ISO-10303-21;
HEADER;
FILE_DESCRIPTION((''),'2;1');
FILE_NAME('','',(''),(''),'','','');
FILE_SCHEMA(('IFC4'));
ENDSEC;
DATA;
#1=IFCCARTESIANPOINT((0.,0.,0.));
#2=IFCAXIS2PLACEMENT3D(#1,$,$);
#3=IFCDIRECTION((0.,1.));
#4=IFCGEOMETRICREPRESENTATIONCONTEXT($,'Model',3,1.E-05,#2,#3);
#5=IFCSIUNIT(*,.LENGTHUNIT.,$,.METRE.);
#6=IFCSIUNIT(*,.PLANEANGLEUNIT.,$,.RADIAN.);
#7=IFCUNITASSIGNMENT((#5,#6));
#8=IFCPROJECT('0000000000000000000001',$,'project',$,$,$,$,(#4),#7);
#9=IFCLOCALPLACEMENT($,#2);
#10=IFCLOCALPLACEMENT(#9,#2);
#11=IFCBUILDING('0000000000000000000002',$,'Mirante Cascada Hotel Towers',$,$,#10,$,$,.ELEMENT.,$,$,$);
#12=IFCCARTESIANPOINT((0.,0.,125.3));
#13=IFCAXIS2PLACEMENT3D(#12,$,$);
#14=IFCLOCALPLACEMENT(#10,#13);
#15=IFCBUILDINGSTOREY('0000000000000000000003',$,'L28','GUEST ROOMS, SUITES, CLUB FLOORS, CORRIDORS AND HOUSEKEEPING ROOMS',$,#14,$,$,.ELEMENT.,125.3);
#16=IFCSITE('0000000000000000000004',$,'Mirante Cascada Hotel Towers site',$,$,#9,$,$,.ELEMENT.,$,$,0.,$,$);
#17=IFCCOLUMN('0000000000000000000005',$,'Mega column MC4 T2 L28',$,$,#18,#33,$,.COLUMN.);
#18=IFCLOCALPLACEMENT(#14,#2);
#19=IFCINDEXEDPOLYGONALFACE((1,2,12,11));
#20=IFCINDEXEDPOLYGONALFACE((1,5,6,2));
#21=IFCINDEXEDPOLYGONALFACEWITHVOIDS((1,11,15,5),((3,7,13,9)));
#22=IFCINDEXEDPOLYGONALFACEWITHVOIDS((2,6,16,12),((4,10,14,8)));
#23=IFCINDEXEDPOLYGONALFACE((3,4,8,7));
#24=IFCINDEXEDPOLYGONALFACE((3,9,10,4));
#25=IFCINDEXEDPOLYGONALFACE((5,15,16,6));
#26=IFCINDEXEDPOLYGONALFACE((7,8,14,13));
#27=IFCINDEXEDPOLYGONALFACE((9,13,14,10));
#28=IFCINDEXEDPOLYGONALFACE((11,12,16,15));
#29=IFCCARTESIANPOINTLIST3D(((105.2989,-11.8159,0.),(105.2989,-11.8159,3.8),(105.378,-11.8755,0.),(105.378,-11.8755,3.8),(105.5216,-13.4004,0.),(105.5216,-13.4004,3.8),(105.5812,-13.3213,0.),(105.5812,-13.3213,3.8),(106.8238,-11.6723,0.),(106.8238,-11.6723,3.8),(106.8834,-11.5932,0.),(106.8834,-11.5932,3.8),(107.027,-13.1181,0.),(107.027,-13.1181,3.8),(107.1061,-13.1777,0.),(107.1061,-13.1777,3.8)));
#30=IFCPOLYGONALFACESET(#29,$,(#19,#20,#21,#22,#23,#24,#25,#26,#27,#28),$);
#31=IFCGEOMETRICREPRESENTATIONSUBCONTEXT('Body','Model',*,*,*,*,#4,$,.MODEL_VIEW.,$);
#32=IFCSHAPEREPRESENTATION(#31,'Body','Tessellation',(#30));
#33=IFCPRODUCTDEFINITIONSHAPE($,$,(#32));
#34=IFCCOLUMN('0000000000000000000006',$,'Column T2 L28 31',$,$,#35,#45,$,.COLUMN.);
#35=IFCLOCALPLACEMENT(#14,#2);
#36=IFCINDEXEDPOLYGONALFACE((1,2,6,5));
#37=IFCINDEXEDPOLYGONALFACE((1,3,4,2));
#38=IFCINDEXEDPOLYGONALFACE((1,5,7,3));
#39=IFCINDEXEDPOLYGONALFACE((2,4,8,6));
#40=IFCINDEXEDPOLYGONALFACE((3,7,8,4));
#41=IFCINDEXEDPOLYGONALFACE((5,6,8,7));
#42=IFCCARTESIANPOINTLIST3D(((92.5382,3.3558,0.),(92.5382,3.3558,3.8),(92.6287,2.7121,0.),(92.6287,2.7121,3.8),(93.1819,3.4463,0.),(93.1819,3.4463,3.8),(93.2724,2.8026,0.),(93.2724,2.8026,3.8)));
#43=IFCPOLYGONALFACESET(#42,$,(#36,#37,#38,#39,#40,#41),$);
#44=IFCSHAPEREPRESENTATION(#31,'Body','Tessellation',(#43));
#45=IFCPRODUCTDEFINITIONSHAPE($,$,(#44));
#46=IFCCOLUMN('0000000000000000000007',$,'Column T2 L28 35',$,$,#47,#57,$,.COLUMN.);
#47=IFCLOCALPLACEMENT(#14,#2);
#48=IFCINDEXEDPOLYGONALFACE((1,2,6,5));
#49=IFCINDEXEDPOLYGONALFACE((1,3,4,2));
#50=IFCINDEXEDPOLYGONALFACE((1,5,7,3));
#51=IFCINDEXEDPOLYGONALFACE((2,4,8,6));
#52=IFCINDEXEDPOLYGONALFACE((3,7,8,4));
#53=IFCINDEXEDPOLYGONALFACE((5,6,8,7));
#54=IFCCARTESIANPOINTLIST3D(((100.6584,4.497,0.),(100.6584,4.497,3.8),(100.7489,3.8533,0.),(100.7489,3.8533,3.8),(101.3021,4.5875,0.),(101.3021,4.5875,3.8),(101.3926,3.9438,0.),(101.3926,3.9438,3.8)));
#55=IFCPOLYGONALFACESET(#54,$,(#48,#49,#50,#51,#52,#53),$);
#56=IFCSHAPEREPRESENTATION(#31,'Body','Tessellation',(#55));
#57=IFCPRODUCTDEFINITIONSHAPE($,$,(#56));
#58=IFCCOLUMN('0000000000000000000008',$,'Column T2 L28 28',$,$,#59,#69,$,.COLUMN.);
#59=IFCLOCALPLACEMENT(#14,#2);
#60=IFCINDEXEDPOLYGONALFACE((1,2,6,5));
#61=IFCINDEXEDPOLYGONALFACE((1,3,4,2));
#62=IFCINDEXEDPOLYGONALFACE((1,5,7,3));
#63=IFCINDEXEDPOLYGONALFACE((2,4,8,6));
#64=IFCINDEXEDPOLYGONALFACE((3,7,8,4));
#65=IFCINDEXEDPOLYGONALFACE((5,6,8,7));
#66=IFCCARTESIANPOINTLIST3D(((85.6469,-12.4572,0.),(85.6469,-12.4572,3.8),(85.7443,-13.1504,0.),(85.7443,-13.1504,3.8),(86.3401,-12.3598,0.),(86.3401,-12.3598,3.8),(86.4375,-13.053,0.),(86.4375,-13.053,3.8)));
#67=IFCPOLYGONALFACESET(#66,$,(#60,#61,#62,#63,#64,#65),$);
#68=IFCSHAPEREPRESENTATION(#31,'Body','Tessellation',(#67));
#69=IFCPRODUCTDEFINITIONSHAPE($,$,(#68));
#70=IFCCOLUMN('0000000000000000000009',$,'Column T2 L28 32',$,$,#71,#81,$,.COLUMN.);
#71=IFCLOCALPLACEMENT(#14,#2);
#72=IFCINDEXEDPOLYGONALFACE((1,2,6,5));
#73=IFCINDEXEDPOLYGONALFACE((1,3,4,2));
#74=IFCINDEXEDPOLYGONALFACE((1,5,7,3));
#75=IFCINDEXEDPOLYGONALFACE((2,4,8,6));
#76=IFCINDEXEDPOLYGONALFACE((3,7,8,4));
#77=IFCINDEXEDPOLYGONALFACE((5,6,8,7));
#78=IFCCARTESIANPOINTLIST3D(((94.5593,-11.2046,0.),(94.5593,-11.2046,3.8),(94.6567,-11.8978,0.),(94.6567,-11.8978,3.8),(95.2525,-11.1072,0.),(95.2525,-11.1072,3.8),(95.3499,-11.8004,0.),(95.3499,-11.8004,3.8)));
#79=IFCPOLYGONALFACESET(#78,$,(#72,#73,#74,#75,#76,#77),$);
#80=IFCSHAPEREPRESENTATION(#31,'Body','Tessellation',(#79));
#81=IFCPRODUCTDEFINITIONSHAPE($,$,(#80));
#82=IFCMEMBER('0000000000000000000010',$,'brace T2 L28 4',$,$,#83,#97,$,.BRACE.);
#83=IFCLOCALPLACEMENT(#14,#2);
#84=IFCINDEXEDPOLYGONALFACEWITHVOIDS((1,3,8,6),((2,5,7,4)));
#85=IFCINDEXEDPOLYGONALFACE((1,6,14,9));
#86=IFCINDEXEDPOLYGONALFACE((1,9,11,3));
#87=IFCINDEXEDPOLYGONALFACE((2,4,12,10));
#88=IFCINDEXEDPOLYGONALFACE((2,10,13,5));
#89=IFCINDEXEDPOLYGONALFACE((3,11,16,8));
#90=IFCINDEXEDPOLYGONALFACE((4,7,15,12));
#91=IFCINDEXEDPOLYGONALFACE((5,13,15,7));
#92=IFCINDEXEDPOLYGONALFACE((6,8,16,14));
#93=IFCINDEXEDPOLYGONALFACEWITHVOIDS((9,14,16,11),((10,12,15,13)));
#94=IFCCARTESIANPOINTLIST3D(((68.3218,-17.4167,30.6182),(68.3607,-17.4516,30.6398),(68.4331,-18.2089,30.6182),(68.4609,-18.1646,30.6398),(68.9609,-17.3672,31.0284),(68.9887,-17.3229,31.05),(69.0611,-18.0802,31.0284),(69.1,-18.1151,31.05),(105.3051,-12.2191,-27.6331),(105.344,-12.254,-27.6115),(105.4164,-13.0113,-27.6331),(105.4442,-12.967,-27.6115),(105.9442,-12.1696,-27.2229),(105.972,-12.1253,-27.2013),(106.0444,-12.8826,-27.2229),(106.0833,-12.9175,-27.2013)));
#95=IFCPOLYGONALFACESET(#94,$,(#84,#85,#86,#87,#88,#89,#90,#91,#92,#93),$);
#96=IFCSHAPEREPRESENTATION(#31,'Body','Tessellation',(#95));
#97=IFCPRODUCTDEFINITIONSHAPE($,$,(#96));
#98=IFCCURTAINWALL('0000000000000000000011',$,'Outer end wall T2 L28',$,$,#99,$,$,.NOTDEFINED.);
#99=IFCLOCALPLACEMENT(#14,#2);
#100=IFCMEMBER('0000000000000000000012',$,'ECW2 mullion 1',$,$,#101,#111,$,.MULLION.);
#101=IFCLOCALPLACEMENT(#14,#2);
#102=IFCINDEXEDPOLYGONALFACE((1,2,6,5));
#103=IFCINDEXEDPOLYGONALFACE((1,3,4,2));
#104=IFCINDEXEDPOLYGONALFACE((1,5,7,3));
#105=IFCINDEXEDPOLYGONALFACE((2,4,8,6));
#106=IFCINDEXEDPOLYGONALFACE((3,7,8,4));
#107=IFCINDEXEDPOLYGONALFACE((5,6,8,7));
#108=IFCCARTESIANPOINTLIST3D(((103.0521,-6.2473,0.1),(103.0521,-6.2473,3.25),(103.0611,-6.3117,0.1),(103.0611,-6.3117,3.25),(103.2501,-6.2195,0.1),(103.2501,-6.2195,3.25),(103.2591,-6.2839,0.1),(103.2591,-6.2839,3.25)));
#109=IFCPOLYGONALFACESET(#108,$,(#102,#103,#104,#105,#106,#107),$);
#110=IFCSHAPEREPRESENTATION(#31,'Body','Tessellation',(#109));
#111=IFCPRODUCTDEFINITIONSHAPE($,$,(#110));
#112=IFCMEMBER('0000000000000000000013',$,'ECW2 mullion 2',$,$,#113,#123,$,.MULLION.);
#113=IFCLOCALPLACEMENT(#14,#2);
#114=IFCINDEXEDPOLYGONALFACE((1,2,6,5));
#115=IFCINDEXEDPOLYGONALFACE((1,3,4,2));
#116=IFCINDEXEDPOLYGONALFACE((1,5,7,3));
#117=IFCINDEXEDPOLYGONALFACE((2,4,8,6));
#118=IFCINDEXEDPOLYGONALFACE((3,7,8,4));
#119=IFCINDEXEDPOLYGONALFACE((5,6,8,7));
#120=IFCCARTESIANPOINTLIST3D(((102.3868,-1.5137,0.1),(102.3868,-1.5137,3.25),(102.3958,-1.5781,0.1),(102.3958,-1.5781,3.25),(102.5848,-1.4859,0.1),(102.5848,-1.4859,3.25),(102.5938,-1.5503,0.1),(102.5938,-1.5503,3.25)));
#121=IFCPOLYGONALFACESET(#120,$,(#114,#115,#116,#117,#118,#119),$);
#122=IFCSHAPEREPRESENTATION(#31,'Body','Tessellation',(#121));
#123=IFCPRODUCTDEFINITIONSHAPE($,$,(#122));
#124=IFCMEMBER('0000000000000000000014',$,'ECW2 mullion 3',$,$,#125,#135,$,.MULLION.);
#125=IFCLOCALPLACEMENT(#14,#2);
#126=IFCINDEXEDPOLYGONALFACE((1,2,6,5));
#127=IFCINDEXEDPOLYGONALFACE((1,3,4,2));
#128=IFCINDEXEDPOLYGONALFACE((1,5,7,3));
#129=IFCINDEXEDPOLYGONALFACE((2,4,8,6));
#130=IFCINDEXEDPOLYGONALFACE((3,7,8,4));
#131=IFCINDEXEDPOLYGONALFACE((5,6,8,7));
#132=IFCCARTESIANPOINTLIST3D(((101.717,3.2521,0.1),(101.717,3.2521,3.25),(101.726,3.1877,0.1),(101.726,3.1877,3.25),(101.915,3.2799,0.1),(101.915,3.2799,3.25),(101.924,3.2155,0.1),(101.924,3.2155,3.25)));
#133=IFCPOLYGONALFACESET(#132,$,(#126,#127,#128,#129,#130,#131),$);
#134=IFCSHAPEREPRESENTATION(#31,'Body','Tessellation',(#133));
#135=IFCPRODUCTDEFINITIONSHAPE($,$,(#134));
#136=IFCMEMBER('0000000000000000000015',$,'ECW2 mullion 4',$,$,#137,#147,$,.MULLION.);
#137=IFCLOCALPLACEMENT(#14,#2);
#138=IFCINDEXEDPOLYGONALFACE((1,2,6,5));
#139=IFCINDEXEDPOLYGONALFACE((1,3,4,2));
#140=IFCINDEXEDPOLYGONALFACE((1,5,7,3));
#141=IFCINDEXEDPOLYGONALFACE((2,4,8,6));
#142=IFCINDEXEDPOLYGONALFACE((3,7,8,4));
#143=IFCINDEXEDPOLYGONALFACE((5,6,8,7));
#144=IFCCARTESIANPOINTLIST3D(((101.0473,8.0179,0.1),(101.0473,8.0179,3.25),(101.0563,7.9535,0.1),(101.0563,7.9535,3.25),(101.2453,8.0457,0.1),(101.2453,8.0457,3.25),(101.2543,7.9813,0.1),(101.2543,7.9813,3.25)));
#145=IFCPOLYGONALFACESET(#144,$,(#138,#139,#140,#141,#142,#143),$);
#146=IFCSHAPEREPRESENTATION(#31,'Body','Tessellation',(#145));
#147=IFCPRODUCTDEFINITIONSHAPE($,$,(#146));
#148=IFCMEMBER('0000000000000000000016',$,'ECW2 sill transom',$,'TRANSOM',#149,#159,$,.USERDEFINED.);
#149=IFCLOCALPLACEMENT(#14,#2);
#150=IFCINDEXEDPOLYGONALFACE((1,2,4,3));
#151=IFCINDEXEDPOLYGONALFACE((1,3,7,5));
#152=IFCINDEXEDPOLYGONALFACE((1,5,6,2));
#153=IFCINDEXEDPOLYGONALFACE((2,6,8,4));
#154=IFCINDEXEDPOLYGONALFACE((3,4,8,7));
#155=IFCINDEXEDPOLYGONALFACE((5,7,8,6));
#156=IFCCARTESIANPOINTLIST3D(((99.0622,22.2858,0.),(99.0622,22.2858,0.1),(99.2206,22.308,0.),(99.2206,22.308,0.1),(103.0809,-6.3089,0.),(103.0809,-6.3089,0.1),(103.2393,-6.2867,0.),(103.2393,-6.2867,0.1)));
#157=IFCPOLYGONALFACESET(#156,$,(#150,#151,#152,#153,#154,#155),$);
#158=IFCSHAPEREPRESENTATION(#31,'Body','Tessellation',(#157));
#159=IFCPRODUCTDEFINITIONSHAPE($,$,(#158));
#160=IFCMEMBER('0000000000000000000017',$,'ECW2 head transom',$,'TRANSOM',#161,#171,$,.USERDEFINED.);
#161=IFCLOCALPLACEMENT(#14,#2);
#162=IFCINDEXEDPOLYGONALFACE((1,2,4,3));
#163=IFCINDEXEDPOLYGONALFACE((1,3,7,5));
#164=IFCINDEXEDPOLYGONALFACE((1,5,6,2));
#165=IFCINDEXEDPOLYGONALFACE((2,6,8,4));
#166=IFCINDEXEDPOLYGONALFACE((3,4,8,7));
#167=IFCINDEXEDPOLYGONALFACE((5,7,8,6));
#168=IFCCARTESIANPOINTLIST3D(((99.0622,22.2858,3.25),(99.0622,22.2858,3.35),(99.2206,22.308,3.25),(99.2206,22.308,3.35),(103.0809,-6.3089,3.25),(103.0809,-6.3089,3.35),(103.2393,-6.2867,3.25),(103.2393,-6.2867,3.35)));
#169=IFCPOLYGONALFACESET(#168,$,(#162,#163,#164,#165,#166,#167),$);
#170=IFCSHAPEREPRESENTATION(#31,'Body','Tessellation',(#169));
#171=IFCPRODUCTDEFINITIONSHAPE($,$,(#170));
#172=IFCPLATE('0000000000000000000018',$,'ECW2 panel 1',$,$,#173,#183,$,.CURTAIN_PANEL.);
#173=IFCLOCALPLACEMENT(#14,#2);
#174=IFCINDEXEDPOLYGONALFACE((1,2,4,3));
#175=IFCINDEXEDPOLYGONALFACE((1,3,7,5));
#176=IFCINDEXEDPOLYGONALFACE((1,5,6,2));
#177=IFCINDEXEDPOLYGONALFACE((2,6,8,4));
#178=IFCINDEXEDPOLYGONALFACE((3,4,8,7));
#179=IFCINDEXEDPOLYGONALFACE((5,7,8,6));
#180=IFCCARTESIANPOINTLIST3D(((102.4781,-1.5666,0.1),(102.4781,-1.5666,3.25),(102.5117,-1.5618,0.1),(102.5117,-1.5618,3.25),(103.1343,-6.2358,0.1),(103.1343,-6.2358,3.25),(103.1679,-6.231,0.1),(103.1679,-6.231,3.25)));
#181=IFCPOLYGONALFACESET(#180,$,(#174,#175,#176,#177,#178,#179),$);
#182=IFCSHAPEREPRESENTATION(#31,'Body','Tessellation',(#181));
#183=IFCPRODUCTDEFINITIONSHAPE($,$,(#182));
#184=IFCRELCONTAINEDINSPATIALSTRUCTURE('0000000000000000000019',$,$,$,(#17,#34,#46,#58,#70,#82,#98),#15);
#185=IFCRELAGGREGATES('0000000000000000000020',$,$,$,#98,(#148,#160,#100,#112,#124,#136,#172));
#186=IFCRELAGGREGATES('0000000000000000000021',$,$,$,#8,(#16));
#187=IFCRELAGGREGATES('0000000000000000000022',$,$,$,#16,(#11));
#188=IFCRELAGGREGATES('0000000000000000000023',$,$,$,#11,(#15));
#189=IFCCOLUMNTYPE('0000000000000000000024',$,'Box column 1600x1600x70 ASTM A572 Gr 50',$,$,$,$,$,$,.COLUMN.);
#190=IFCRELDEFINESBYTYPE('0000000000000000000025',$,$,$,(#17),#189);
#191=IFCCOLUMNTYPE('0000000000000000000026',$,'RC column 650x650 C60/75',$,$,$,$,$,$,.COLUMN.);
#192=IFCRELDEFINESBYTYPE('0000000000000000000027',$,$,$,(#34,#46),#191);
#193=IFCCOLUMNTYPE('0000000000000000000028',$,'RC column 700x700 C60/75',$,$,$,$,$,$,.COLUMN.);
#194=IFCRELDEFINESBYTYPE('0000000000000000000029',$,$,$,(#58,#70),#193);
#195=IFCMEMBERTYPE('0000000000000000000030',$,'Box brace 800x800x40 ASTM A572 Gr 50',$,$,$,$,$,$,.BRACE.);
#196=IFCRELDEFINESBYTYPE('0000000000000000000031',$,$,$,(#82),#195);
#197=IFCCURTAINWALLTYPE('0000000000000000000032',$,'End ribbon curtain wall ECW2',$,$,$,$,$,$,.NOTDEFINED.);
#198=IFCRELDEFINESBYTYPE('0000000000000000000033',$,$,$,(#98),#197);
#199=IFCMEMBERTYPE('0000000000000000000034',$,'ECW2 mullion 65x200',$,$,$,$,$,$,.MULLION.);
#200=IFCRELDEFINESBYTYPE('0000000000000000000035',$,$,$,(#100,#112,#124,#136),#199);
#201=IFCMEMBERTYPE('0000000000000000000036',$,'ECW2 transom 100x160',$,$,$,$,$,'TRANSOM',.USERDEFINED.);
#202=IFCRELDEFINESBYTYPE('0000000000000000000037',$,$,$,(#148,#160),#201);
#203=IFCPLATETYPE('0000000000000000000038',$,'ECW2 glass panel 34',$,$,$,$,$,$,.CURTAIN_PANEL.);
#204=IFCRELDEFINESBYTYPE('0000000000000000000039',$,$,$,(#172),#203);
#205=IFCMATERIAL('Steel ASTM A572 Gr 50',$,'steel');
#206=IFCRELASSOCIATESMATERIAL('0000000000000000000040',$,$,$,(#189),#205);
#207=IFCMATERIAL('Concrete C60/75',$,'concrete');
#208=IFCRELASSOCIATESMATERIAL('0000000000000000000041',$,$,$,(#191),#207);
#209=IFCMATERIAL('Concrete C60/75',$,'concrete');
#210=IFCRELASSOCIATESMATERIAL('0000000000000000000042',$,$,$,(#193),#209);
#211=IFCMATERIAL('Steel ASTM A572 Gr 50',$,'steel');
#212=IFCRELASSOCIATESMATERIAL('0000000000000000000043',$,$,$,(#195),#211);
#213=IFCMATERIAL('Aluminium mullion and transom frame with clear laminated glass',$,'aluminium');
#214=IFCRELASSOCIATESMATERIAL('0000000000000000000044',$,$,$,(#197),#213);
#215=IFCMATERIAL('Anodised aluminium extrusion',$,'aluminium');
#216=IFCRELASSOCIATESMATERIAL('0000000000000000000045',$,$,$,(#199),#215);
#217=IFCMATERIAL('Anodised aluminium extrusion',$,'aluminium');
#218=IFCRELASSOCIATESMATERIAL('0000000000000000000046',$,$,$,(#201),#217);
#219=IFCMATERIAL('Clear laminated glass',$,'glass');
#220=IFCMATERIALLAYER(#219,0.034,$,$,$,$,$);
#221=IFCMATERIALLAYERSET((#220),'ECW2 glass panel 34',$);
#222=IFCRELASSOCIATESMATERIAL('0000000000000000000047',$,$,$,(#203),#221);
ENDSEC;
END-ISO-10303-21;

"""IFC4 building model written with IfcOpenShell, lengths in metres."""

from ifc_helpers import new_model, si_unit, direction, frame, origin, origin_2d, place, context, subcontext, project, spatial, rectangle, hollow_rectangle, extrude, material, layer, layer_set, material_profile, profile_set, type_object, element, aggregate, save


model = new_model("IFC4")

# Units and contexts
model_context = context("Model", 3, precision=1e-05, world=origin(), true_north=direction((0.0, 1.0)))
body_context = subcontext(model_context, "Body", "Model", "MODEL_VIEW")
ifc_project = project(units=[si_unit("LENGTHUNIT", "METRE"), si_unit("PLANEANGLEUNIT", "RADIAN")], contexts=[model_context])

# Site, building, storey
site_placement = place(None, origin())
site = spatial("IfcSite", under=ifc_project, at=site_placement, Name="Mirante Cascada Hotel Towers site", CompositionType="ELEMENT", RefElevation=0.0)
building_placement = place(site_placement, origin())
building = spatial("IfcBuilding", under=site, at=building_placement, Name="Mirante Cascada Hotel Towers", CompositionType="ELEMENT")
storey_placement = place(building_placement, frame((0.0, 0.0, 125.3)))
storey = spatial("IfcBuildingStorey", under=building, at=storey_placement, Name="L28", Description="GUEST ROOMS, SUITES, CLUB FLOORS, CORRIDORS AND HOUSEKEEPING ROOMS", CompositionType="ELEMENT", Elevation=125.3)

# Columns
ifc_material_1 = material(Name="Steel ASTM A572 Gr 50", Category="steel")
ifc_material_profile_1 = material_profile(ifc_material_1, hollow_rectangle(XDim=1.6, YDim=1.6, WallThickness=0.07, at=origin_2d()), Name="Box column 1600x1600x70 ASTM A572 Gr 50")
ifc_profile_set_1 = profile_set([ifc_material_profile_1], Name="Steel ASTM A572 Gr 50")
column_type_1 = type_object("IfcColumnType", Name="Box column 1600x1600x70 ASTM A572 Gr 50", PredefinedType="COLUMN", material=ifc_profile_set_1)
column_placement = place(storey_placement, frame((106.2025, -12.4968, 0.0), z_axis=(0.0, 0.0, 1.0), x_axis=(0.990268, 0.139173, 0.0)))
element("IfcColumn", 1, at=column_placement, inside=storey, type_object=column_type_1, Name="Mega column MC4 T2 L28", PredefinedType="COLUMN", context=body_context, shape_type="SweptSolid", body=[
    extrude(hollow_rectangle(XDim=1.6, YDim=1.6, WallThickness=0.07, at=origin_2d()), origin(), (0.0, 0.0, 1.0), 3.8),
])
ifc_material_2 = material(Name="Concrete C60/75", Category="concrete")
ifc_material_profile_2 = material_profile(ifc_material_2, rectangle(XDim=0.65, YDim=0.65, at=origin_2d()), Name="RC column 650x650 C60/75")
ifc_profile_set_2 = profile_set([ifc_material_profile_2], Name="Concrete C60/75")
column_type_2 = type_object("IfcColumnType", Name="RC column 650x650 C60/75", PredefinedType="COLUMN", material=ifc_profile_set_2)
for number, where, z_axis, x_axis, name in (
    (2, (92.9053, 3.0792, 0.0), (0.0, 0.0, 1.0), (0.990268, 0.139173, 0.0), "Column T2 L28 31"),
    (3, (101.0255, 4.2204, 0.0), (0.0, 0.0, 1.0), (0.990268, 0.139173, 0.0), "Column T2 L28 35"),
):
    element("IfcColumn", number, at=place(storey_placement, frame(where, z_axis=z_axis, x_axis=x_axis)), inside=storey, type_object=column_type_2, Name=name, PredefinedType="COLUMN", context=body_context, shape_type="SweptSolid", body=[
        extrude(rectangle(XDim=0.65, YDim=0.65, at=origin_2d()), origin(), (0.0, 0.0, 1.0), 3.8),
    ])
ifc_material_3 = material(Name="Concrete C60/75", Category="concrete")
ifc_material_profile_3 = material_profile(ifc_material_3, rectangle(XDim=0.7, YDim=0.7, at=origin_2d()), Name="RC column 700x700 C60/75")
ifc_profile_set_3 = profile_set([ifc_material_profile_3], Name="Concrete C60/75")
column_type_3 = type_object("IfcColumnType", Name="RC column 700x700 C60/75", PredefinedType="COLUMN", material=ifc_profile_set_3)
for number, where, z_axis, x_axis, name in (
    (4, (86.0422, -12.7551, 0.0), (0.0, 0.0, 1.0), (0.990268, 0.139173, 0.0), "Column T2 L28 28"),
    (5, (94.9546, -11.5025, 0.0), (0.0, 0.0, 1.0), (0.990268, 0.139173, 0.0), "Column T2 L28 32"),
):
    element("IfcColumn", number, at=place(storey_placement, frame(where, z_axis=z_axis, x_axis=x_axis)), inside=storey, type_object=column_type_3, Name=name, PredefinedType="COLUMN", context=body_context, shape_type="SweptSolid", body=[
        extrude(rectangle(XDim=0.7, YDim=0.7, at=origin_2d()), origin(), (0.0, 0.0, 1.0), 3.8),
    ])

# Member
ifc_material_4 = material(Name="Steel ASTM A572 Gr 50", Category="steel")
ifc_material_profile_4 = material_profile(ifc_material_4, hollow_rectangle(XDim=0.8, YDim=0.8, WallThickness=0.04, at=origin_2d()), Name="Box brace 800x800x40 ASTM A572 Gr 50")
ifc_profile_set_4 = profile_set([ifc_material_profile_4], Name="Steel ASTM A572 Gr 50")
member_type_1 = type_object("IfcMemberType", Name="Box brace 800x800x40 ASTM A572 Gr 50", PredefinedType="BRACE", material=ifc_profile_set_4)
member_1_placement = place(storey_placement, frame((105.6942, -12.5683, -27.4172), z_axis=(-0.534477, -0.075115, 0.841839), x_axis=(0.139171, -0.990268, 0.0)))
element("IfcMember", 6, at=member_1_placement, inside=storey, type_object=member_type_1, Name="brace T2 L28 4", PredefinedType="BRACE", context=body_context, shape_type="SweptSolid", body=[
    extrude(hollow_rectangle(XDim=0.8, YDim=0.8, WallThickness=0.04, at=origin_2d()), origin(), (0.0, 0.0, 1.0), 69.1953),
])

# Curtain wall, members, plate
ifc_material_5 = material(Name="Aluminium mullion and transom frame with clear laminated glass", Category="aluminium")
curtain_wall_type = type_object("IfcCurtainWallType", Name="End ribbon curtain wall ECW2", PredefinedType="NOTDEFINED", material=ifc_material_5)
curtain_wall_placement = place(storey_placement, origin())
curtain_wall = element("IfcCurtainWall", 7, at=curtain_wall_placement, inside=storey, type_object=curtain_wall_type, Name="Outer end wall T2 L28", PredefinedType="NOTDEFINED")
ifc_material_6 = material(Name="Anodised aluminium extrusion", Category="aluminium")
ifc_material_profile_5 = material_profile(ifc_material_6, rectangle(XDim=0.2, YDim=0.065, at=origin_2d()), Name="ECW2 MULLION 65x200")
ifc_profile_set_5 = profile_set([ifc_material_profile_5], Name="Anodised aluminium extrusion")
member_type_2 = type_object("IfcMemberType", Name="ECW2 mullion 65x200", PredefinedType="MULLION", material=ifc_profile_set_5)
member_2_placement = place(storey_placement, frame((103.1556, -6.2656, 0.1), z_axis=(0.0, 0.0, 1.0), x_axis=(-0.990268, -0.139173, 0.0)))
member_2 = element("IfcMember", 8, at=member_2_placement, type_object=member_type_2, Name="ECW2 mullion 1", PredefinedType="MULLION", context=body_context, shape_type="SweptSolid", body=[
    extrude(rectangle(XDim=0.2, YDim=0.065, at=origin_2d()), origin(), (0.0, 0.0, 1.0), 3.15),
])
member_3_placement = place(storey_placement, frame((102.4903, -1.532, 0.1), z_axis=(0.0, 0.0, 1.0), x_axis=(-0.990268, -0.139173, 0.0)))
member_3 = element("IfcMember", 9, at=member_3_placement, type_object=member_type_2, Name="ECW2 mullion 2", PredefinedType="MULLION", context=body_context, shape_type="SweptSolid", body=[
    extrude(rectangle(XDim=0.2, YDim=0.065, at=origin_2d()), origin(), (0.0, 0.0, 1.0), 3.15),
])
member_4_placement = place(storey_placement, frame((101.8205, 3.2338, 0.1), z_axis=(0.0, 0.0, 1.0), x_axis=(-0.990268, -0.139173, 0.0)))
member_4 = element("IfcMember", 10, at=member_4_placement, type_object=member_type_2, Name="ECW2 mullion 3", PredefinedType="MULLION", context=body_context, shape_type="SweptSolid", body=[
    extrude(rectangle(XDim=0.2, YDim=0.065, at=origin_2d()), origin(), (0.0, 0.0, 1.0), 3.15),
])
member_5_placement = place(storey_placement, frame((101.1508, 7.9996, 0.1), z_axis=(0.0, 0.0, 1.0), x_axis=(-0.990268, -0.139173, 0.0)))
member_5 = element("IfcMember", 11, at=member_5_placement, type_object=member_type_2, Name="ECW2 mullion 4", PredefinedType="MULLION", context=body_context, shape_type="SweptSolid", body=[
    extrude(rectangle(XDim=0.2, YDim=0.065, at=origin_2d()), origin(), (0.0, 0.0, 1.0), 3.15),
])
ifc_material_7 = material(Name="Anodised aluminium extrusion", Category="aluminium")
ifc_material_profile_6 = material_profile(ifc_material_7, rectangle(XDim=0.16, YDim=0.1, at=origin_2d()), Name="ECW2 TRANSOM 100x160")
ifc_profile_set_6 = profile_set([ifc_material_profile_6], Name="Anodised aluminium extrusion")
member_type_3 = type_object("IfcMemberType", Name="ECW2 transom 100x160", ElementType="TRANSOM", PredefinedType="USERDEFINED", material=ifc_profile_set_6)
member_6_placement = place(storey_placement, frame((103.1601, -6.2978, 0.05), z_axis=(-0.139172, 0.990268, 0.0), x_axis=(-0.990268, -0.139172, 0.0)))
member_6 = element("IfcMember", 12, at=member_6_placement, type_object=member_type_3, Name="ECW2 sill transom", ObjectType="TRANSOM", PredefinedType="USERDEFINED", context=body_context, shape_type="SweptSolid", body=[
    extrude(rectangle(XDim=0.16, YDim=0.1, at=origin_2d()), origin(), (0.0, 0.0, 1.0), 28.8757),
])
member_7_placement = place(storey_placement, frame((103.1601, -6.2978, 3.3), z_axis=(-0.139172, 0.990268, 0.0), x_axis=(-0.990268, -0.139172, 0.0)))
member_7 = element("IfcMember", 13, at=member_7_placement, type_object=member_type_3, Name="ECW2 head transom", ObjectType="TRANSOM", PredefinedType="USERDEFINED", context=body_context, shape_type="SweptSolid", body=[
    extrude(rectangle(XDim=0.16, YDim=0.1, at=origin_2d()), origin(), (0.0, 0.0, 1.0), 28.8757),
])
ifc_material_8 = material(Name="Clear laminated glass", Category="glass")
ifc_layer_1 = layer(ifc_material_8, 0.034)
ifc_layer_set_1 = layer_set([ifc_layer_1], Name="ECW2 glass panel 34")
plate_type_1 = type_object("IfcPlateType", Name="ECW2 glass panel 34", PredefinedType="CURTAIN_PANEL", material=ifc_layer_set_1)
plate_1_placement = place(storey_placement, frame((102.823, -3.8988, 0.1), z_axis=(0.0, 0.0, 1.0), x_axis=(-0.139173, 0.990268, 0.0)))
plate_1 = element("IfcPlate", 14, at=plate_1_placement, type_object=plate_type_1, Name="ECW2 panel 1", PredefinedType="CURTAIN_PANEL", context=body_context, shape_type="SweptSolid", body=[
    extrude(rectangle(XDim=4.7151, YDim=0.034, at=origin_2d()), origin(), (0.0, 0.0, 1.0), 3.15),
])
aggregate(curtain_wall, [member_6, member_7, member_2, member_3, member_4, member_5, plate_1])

save(model, "model.ifc")
